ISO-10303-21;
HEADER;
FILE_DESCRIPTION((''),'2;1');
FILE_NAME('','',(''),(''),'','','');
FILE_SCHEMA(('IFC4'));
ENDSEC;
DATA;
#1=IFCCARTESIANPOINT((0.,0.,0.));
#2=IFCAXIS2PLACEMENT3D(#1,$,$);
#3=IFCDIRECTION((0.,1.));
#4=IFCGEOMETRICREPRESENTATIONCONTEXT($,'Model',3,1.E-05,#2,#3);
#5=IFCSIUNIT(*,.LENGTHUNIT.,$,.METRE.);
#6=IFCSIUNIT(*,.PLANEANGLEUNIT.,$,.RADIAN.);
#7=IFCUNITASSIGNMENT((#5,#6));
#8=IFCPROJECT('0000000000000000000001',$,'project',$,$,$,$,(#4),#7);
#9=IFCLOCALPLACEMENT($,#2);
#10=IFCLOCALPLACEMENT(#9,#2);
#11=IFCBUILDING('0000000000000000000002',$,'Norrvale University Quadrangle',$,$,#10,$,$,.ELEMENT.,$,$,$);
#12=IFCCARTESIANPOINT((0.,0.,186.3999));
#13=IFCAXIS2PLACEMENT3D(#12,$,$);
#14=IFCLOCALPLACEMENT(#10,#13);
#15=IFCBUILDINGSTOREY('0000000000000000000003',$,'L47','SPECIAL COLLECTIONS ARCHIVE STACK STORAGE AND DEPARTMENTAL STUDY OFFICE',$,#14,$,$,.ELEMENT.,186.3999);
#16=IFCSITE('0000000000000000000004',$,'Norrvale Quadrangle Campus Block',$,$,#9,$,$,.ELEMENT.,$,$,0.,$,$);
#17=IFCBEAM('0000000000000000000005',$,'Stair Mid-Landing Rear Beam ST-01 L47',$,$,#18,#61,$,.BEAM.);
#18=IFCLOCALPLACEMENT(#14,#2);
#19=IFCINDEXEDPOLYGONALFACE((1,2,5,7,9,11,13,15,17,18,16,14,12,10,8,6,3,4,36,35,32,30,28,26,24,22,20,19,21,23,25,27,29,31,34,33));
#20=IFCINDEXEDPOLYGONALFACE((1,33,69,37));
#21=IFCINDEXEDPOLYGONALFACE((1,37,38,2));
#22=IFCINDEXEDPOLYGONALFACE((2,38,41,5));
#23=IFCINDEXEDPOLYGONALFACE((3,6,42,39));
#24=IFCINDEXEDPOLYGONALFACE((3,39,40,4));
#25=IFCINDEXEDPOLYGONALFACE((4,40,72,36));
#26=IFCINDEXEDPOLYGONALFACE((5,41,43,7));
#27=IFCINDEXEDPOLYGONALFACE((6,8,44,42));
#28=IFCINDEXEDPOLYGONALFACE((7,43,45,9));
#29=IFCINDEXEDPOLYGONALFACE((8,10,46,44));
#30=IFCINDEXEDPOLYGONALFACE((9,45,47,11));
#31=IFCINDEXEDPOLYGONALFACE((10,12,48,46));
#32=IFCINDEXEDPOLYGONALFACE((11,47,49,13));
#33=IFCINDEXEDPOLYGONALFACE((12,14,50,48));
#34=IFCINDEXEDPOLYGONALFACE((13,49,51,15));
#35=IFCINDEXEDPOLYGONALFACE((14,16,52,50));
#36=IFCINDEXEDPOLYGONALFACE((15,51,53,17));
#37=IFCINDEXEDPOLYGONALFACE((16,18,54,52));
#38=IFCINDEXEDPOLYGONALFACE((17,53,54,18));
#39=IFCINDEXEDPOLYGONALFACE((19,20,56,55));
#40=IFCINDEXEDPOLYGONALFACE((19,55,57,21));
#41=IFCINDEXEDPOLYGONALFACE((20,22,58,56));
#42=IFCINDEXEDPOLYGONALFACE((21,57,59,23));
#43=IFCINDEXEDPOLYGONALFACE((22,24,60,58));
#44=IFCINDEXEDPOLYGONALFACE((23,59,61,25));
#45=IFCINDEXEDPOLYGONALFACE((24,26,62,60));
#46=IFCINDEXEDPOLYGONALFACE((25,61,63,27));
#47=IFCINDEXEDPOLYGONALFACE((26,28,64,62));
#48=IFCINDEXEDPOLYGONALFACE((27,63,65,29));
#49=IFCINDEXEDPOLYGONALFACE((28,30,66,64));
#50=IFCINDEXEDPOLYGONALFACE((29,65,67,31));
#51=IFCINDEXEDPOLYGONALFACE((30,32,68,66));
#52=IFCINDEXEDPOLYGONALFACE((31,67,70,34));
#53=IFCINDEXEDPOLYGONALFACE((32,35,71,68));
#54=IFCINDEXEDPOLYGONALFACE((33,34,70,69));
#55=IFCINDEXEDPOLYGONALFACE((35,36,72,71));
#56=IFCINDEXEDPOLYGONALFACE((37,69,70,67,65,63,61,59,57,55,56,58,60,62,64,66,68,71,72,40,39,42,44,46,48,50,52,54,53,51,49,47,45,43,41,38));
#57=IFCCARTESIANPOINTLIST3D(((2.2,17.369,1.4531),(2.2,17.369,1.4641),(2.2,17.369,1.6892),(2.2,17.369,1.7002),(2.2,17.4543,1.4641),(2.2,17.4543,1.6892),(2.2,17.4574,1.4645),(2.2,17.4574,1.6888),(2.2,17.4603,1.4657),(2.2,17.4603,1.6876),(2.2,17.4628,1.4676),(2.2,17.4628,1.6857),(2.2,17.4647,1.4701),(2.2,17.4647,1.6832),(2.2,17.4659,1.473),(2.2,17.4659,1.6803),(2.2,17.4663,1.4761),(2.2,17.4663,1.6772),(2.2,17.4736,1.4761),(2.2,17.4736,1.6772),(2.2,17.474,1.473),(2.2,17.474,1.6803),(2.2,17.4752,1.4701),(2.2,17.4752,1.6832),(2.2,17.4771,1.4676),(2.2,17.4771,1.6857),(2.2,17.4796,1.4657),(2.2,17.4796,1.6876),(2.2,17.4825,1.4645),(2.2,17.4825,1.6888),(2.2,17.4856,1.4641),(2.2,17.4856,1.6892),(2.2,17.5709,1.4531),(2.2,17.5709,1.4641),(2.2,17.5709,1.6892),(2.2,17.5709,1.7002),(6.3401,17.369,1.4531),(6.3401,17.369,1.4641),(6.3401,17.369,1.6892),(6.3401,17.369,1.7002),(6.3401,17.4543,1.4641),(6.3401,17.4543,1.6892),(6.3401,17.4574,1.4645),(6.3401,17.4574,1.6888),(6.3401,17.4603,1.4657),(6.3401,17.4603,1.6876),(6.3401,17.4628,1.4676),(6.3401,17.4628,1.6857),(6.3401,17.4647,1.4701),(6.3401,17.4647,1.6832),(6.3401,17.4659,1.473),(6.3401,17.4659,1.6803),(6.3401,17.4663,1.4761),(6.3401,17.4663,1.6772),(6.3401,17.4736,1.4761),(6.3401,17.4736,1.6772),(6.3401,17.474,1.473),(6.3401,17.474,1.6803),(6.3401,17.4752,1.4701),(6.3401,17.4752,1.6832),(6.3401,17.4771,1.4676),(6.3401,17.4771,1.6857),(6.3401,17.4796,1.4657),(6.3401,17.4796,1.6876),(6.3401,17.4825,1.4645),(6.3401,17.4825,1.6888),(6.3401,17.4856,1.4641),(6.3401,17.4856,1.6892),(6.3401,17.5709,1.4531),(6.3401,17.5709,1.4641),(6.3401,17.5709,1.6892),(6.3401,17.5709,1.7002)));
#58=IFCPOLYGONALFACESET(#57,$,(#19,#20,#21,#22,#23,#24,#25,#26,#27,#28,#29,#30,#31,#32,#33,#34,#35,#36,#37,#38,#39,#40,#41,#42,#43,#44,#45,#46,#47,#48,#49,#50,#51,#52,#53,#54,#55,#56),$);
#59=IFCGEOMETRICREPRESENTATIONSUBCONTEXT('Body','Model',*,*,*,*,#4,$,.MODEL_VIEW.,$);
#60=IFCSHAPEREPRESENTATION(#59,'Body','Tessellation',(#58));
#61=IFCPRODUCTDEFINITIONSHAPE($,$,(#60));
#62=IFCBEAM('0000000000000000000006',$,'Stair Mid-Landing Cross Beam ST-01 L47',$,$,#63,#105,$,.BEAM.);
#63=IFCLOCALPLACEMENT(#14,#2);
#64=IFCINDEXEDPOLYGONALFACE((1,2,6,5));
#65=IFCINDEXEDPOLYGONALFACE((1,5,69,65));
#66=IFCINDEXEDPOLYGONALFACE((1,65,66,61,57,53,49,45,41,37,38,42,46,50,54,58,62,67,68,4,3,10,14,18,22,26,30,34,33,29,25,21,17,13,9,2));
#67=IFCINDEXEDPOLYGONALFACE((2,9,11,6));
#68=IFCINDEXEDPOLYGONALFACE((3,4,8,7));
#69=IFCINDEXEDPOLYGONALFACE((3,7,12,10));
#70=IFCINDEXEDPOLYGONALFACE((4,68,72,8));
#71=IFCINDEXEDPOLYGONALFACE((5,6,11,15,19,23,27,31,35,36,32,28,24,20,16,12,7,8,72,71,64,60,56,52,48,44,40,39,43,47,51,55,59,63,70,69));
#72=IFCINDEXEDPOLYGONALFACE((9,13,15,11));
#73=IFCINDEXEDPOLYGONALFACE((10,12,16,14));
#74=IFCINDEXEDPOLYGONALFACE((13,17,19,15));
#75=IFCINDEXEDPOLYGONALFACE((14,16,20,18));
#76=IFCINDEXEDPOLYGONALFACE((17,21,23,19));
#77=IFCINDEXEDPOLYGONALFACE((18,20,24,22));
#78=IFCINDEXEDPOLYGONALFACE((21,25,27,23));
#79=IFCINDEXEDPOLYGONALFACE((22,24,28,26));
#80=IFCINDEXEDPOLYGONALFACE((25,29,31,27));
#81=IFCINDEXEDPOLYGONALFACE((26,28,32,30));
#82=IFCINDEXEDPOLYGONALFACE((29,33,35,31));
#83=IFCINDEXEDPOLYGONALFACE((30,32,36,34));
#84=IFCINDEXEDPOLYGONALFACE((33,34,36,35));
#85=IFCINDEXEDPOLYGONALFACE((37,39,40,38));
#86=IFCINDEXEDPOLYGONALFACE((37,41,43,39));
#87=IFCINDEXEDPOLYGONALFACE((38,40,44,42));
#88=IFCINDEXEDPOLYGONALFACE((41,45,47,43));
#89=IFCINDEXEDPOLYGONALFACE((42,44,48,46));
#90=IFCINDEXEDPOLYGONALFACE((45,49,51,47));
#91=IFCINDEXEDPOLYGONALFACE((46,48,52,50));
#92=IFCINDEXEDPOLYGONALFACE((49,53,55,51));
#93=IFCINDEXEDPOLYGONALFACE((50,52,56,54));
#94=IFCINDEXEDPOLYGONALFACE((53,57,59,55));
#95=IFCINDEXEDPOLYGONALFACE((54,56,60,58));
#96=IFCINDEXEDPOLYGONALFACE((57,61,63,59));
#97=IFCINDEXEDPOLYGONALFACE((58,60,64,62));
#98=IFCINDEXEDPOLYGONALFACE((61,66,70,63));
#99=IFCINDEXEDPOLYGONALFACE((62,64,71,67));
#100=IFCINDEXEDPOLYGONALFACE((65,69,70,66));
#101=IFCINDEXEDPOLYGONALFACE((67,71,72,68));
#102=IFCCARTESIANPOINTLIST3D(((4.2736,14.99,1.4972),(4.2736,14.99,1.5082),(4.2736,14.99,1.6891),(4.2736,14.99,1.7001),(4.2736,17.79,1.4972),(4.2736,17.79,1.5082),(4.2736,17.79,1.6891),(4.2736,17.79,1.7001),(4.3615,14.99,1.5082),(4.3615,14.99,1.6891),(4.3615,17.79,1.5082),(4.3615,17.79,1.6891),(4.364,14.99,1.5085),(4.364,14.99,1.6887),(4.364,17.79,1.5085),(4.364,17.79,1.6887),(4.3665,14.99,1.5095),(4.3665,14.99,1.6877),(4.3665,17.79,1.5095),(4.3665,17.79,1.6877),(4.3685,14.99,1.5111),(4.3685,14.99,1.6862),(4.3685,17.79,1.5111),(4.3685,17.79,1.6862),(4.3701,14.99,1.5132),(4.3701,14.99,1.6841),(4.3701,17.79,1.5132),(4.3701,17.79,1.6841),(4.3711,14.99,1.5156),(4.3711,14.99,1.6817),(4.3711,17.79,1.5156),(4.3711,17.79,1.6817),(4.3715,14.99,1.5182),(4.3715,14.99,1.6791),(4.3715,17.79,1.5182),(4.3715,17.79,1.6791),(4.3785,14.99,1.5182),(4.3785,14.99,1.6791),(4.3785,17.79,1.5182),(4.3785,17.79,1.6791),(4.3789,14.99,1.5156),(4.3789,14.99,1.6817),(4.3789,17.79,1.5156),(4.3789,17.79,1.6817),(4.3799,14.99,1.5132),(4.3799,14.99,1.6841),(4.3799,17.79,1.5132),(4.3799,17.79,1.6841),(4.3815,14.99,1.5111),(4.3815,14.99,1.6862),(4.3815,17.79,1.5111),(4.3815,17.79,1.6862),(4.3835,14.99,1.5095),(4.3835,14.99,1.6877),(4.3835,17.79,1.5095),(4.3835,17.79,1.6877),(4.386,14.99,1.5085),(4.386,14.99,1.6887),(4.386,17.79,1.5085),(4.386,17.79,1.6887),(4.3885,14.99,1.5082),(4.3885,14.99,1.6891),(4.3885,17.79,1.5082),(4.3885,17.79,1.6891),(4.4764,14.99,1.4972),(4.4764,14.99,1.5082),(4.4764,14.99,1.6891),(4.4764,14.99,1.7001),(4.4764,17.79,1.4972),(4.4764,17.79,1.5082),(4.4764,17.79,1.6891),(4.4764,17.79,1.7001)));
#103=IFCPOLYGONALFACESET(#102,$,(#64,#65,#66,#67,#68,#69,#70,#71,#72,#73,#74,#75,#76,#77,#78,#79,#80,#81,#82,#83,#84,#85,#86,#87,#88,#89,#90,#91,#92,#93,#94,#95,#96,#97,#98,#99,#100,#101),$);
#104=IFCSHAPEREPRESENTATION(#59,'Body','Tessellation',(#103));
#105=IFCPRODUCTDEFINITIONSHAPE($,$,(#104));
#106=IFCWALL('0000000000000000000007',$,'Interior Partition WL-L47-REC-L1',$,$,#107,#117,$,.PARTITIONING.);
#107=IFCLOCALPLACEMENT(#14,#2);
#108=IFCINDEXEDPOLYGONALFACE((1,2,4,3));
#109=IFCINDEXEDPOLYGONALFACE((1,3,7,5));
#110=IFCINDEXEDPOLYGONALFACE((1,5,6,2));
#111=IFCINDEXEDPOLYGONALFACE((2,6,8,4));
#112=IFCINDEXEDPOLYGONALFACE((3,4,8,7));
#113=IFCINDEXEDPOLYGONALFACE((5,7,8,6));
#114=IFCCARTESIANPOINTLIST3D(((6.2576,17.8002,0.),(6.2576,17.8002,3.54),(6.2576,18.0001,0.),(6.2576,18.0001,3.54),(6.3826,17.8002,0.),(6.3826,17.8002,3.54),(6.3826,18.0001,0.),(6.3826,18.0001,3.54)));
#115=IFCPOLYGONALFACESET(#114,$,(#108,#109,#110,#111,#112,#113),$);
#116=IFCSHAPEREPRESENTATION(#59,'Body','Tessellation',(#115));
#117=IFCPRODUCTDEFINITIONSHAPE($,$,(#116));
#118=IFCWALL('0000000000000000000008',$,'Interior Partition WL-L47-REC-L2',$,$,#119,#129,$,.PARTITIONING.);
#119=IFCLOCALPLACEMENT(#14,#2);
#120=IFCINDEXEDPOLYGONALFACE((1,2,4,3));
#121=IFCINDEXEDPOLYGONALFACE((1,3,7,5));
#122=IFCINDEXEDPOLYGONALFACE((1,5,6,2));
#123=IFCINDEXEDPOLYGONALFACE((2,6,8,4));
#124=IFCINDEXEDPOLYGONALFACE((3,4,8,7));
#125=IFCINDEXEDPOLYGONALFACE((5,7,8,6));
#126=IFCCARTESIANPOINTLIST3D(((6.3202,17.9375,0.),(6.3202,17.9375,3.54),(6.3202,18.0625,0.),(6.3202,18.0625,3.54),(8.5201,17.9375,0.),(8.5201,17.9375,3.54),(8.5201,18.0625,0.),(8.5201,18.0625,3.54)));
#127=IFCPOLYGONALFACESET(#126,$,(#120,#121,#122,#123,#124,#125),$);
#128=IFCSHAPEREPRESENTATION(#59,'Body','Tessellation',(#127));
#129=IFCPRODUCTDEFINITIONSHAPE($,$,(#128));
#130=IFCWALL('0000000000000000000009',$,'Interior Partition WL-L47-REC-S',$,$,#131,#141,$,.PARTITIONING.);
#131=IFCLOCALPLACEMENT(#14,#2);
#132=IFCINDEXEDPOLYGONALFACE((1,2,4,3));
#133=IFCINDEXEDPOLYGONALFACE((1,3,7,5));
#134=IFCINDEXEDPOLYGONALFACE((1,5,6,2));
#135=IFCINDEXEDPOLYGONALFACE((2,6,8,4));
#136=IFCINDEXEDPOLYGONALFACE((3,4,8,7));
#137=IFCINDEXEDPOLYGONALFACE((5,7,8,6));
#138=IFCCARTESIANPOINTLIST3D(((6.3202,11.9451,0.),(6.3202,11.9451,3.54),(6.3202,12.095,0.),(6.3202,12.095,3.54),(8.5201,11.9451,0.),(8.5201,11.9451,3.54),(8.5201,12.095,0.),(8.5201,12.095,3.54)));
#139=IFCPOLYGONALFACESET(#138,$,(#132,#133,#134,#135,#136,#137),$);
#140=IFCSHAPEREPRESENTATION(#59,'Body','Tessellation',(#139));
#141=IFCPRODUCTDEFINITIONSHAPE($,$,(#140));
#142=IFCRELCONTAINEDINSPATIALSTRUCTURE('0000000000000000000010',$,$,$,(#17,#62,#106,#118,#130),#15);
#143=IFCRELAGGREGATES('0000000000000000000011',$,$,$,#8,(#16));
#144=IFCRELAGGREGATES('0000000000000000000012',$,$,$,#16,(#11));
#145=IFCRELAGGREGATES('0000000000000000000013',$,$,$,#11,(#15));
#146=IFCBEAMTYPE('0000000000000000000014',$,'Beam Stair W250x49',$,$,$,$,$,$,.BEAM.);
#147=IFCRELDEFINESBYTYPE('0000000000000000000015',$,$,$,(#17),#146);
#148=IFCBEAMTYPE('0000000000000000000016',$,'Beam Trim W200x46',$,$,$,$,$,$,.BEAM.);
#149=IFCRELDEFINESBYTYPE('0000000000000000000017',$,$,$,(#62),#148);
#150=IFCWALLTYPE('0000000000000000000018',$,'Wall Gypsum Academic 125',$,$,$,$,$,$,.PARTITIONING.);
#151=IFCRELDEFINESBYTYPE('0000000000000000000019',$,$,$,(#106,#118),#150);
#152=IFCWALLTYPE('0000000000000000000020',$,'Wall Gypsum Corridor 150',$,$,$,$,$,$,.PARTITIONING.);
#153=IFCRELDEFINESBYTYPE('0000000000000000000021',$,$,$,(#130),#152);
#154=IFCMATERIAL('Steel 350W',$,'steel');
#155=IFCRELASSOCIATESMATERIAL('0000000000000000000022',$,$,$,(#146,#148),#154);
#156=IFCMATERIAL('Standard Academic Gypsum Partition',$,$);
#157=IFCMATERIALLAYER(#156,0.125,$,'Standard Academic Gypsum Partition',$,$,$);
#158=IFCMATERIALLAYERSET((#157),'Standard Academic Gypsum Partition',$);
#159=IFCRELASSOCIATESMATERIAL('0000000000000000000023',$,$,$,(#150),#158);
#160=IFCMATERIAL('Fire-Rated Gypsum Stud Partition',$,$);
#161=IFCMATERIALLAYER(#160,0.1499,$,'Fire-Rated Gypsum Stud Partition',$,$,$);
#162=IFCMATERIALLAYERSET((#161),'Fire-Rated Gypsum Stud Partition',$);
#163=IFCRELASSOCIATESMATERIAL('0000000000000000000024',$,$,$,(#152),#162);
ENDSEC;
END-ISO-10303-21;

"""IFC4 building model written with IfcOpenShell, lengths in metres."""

from ifc_helpers import new_model, si_unit, direction, frame, frame_2d, origin, origin_2d, place, context, subcontext, project, spatial, rectangle, i_section, extrude, material, layer, layer_set, material_profile, profile_set, type_object, element, save


model = new_model("IFC4")

# Units and contexts
model_context = context("Model", 3, precision=1e-05, world=origin(), true_north=direction((0.0, 1.0)))
body_context = subcontext(model_context, "Body", "Model", "MODEL_VIEW")
ifc_project = project(units=[si_unit("LENGTHUNIT", "METRE"), si_unit("PLANEANGLEUNIT", "RADIAN")], contexts=[model_context])

# Site, building, storey
site_placement = place(None, origin())
site = spatial("IfcSite", under=ifc_project, at=site_placement, Name="Norrvale Quadrangle Campus Block", CompositionType="ELEMENT", RefElevation=0.0)
building_placement = place(site_placement, origin())
building = spatial("IfcBuilding", under=site, at=building_placement, Name="Norrvale University Quadrangle", CompositionType="ELEMENT")
storey_placement = place(building_placement, frame((0.0, 0.0, 186.3999)))
storey = spatial("IfcBuildingStorey", under=building, at=storey_placement, Name="L47", Description="SPECIAL COLLECTIONS ARCHIVE STACK STORAGE AND DEPARTMENTAL STUDY OFFICE", CompositionType="ELEMENT", Elevation=186.3999)

# Beams
ifc_material_1 = material(Name="Steel 350W", Category="steel")
ifc_material_profile_1 = material_profile(ifc_material_1, i_section(OverallWidth=0.2019, OverallDepth=0.2471, WebThickness=0.0073, FlangeThickness=0.011, FilletRadius=0.012, at=origin_2d()), Name="Steel 350W")
ifc_profile_set_1 = profile_set([ifc_material_profile_1], Name="Steel 350W")
beam_type_1 = type_object("IfcBeamType", Name="Beam Stair W250x49", PredefinedType="BEAM", material=ifc_profile_set_1)
for number, where, z_axis, x_axis, name in (
    (1, (2.2, 17.47, 1.5767), (1.0, 0.0, 0.0), (0.0, 1.0, 0.0), "Stair Mid-Landing Rear Beam ST-01 L47"),
):
    element("IfcBeam", number, at=place(storey_placement, frame(where, z_axis=z_axis, x_axis=x_axis)), inside=storey, type_object=beam_type_1, Name=name, PredefinedType="BEAM", context=body_context, shape_type="SweptSolid", body=[
        extrude(i_section(OverallWidth=0.2019, OverallDepth=0.2471, WebThickness=0.0073, FlangeThickness=0.011, FilletRadius=0.012, at=origin_2d()), origin(), (0.0, 0.0, 1.0), 4.1401),
    ])
ifc_material_profile_2 = material_profile(ifc_material_1, i_section(OverallWidth=0.2029, OverallDepth=0.2029, WebThickness=0.0071, FlangeThickness=0.011, FilletRadius=0.01, at=origin_2d()), Name="Steel 350W")
ifc_profile_set_2 = profile_set([ifc_material_profile_2], Name="Steel 350W")
beam_type_2 = type_object("IfcBeamType", Name="Beam Trim W200x46", PredefinedType="BEAM", material=ifc_profile_set_2)
beam_1_placement = place(storey_placement, frame((4.375, 14.99, 1.5986), z_axis=(0.0, 1.0, 0.0), x_axis=(-1.0, 0.0, 0.0)))
element("IfcBeam", 2, at=beam_1_placement, inside=storey, type_object=beam_type_2, Name="Stair Mid-Landing Cross Beam ST-01 L47", PredefinedType="BEAM", context=body_context, shape_type="SweptSolid", body=[
    extrude(i_section(OverallWidth=0.2029, OverallDepth=0.2029, WebThickness=0.0071, FlangeThickness=0.011, FilletRadius=0.01, at=origin_2d()), origin(), (0.0, 0.0, 1.0), 2.8),
])

# Walls
ifc_material_2 = material(Name="Standard Academic Gypsum Partition")
ifc_layer_1 = layer(ifc_material_2, 0.125, Name="Standard Academic Gypsum Partition")
ifc_layer_set_1 = layer_set([ifc_layer_1], Name="Standard Academic Gypsum Partition")
wall_type_1 = type_object("IfcWallType", Name="Wall Gypsum Academic 125", PredefinedType="PARTITIONING", material=ifc_layer_set_1)
wall_1_placement = place(storey_placement, frame((6.3201, 17.8, 0.0), z_axis=(0.0, 0.0, 1.0), x_axis=(0.0, 1.0, 0.0)))
element("IfcWall", 3, at=wall_1_placement, inside=storey, type_object=wall_type_1, Name="Interior Partition WL-L47-REC-L1", PredefinedType="PARTITIONING", context=body_context, shape_type="SweptSolid", body=[
    extrude(rectangle(XDim=0.2, YDim=0.125, at=frame_2d((0.1001, 0.0))), origin(), (0.0, 0.0, 1.0), 3.54),
])
wall_2_placement = place(storey_placement, frame((6.3201, 18.0, 0.0), z_axis=(0.0, 0.0, 1.0), x_axis=(1.0, 0.0, 0.0)))
element("IfcWall", 4, at=wall_2_placement, inside=storey, type_object=wall_type_1, Name="Interior Partition WL-L47-REC-L2", PredefinedType="PARTITIONING", context=body_context, shape_type="SweptSolid", body=[
    extrude(rectangle(XDim=2.2, YDim=0.125, at=frame_2d((1.1001, 0.0))), origin(), (0.0, 0.0, 1.0), 3.54),
])
ifc_material_3 = material(Name="Fire-Rated Gypsum Stud Partition")
ifc_layer_2 = layer(ifc_material_3, 0.1499, Name="Fire-Rated Gypsum Stud Partition")
ifc_layer_set_2 = layer_set([ifc_layer_2], Name="Fire-Rated Gypsum Stud Partition")
wall_type_2 = type_object("IfcWallType", Name="Wall Gypsum Corridor 150", PredefinedType="PARTITIONING", material=ifc_layer_set_2)
wall_3_placement = place(storey_placement, frame((6.3201, 12.02, 0.0), z_axis=(0.0, 0.0, 1.0), x_axis=(1.0, 0.0, 0.0)))
element("IfcWall", 5, at=wall_3_placement, inside=storey, type_object=wall_type_2, Name="Interior Partition WL-L47-REC-S", PredefinedType="PARTITIONING", context=body_context, shape_type="SweptSolid", body=[
    extrude(rectangle(XDim=2.2, YDim=0.1499, at=frame_2d((1.1001, 0.0))), origin(), (0.0, 0.0, 1.0), 3.54),
])

save(model, "model.ifc")
